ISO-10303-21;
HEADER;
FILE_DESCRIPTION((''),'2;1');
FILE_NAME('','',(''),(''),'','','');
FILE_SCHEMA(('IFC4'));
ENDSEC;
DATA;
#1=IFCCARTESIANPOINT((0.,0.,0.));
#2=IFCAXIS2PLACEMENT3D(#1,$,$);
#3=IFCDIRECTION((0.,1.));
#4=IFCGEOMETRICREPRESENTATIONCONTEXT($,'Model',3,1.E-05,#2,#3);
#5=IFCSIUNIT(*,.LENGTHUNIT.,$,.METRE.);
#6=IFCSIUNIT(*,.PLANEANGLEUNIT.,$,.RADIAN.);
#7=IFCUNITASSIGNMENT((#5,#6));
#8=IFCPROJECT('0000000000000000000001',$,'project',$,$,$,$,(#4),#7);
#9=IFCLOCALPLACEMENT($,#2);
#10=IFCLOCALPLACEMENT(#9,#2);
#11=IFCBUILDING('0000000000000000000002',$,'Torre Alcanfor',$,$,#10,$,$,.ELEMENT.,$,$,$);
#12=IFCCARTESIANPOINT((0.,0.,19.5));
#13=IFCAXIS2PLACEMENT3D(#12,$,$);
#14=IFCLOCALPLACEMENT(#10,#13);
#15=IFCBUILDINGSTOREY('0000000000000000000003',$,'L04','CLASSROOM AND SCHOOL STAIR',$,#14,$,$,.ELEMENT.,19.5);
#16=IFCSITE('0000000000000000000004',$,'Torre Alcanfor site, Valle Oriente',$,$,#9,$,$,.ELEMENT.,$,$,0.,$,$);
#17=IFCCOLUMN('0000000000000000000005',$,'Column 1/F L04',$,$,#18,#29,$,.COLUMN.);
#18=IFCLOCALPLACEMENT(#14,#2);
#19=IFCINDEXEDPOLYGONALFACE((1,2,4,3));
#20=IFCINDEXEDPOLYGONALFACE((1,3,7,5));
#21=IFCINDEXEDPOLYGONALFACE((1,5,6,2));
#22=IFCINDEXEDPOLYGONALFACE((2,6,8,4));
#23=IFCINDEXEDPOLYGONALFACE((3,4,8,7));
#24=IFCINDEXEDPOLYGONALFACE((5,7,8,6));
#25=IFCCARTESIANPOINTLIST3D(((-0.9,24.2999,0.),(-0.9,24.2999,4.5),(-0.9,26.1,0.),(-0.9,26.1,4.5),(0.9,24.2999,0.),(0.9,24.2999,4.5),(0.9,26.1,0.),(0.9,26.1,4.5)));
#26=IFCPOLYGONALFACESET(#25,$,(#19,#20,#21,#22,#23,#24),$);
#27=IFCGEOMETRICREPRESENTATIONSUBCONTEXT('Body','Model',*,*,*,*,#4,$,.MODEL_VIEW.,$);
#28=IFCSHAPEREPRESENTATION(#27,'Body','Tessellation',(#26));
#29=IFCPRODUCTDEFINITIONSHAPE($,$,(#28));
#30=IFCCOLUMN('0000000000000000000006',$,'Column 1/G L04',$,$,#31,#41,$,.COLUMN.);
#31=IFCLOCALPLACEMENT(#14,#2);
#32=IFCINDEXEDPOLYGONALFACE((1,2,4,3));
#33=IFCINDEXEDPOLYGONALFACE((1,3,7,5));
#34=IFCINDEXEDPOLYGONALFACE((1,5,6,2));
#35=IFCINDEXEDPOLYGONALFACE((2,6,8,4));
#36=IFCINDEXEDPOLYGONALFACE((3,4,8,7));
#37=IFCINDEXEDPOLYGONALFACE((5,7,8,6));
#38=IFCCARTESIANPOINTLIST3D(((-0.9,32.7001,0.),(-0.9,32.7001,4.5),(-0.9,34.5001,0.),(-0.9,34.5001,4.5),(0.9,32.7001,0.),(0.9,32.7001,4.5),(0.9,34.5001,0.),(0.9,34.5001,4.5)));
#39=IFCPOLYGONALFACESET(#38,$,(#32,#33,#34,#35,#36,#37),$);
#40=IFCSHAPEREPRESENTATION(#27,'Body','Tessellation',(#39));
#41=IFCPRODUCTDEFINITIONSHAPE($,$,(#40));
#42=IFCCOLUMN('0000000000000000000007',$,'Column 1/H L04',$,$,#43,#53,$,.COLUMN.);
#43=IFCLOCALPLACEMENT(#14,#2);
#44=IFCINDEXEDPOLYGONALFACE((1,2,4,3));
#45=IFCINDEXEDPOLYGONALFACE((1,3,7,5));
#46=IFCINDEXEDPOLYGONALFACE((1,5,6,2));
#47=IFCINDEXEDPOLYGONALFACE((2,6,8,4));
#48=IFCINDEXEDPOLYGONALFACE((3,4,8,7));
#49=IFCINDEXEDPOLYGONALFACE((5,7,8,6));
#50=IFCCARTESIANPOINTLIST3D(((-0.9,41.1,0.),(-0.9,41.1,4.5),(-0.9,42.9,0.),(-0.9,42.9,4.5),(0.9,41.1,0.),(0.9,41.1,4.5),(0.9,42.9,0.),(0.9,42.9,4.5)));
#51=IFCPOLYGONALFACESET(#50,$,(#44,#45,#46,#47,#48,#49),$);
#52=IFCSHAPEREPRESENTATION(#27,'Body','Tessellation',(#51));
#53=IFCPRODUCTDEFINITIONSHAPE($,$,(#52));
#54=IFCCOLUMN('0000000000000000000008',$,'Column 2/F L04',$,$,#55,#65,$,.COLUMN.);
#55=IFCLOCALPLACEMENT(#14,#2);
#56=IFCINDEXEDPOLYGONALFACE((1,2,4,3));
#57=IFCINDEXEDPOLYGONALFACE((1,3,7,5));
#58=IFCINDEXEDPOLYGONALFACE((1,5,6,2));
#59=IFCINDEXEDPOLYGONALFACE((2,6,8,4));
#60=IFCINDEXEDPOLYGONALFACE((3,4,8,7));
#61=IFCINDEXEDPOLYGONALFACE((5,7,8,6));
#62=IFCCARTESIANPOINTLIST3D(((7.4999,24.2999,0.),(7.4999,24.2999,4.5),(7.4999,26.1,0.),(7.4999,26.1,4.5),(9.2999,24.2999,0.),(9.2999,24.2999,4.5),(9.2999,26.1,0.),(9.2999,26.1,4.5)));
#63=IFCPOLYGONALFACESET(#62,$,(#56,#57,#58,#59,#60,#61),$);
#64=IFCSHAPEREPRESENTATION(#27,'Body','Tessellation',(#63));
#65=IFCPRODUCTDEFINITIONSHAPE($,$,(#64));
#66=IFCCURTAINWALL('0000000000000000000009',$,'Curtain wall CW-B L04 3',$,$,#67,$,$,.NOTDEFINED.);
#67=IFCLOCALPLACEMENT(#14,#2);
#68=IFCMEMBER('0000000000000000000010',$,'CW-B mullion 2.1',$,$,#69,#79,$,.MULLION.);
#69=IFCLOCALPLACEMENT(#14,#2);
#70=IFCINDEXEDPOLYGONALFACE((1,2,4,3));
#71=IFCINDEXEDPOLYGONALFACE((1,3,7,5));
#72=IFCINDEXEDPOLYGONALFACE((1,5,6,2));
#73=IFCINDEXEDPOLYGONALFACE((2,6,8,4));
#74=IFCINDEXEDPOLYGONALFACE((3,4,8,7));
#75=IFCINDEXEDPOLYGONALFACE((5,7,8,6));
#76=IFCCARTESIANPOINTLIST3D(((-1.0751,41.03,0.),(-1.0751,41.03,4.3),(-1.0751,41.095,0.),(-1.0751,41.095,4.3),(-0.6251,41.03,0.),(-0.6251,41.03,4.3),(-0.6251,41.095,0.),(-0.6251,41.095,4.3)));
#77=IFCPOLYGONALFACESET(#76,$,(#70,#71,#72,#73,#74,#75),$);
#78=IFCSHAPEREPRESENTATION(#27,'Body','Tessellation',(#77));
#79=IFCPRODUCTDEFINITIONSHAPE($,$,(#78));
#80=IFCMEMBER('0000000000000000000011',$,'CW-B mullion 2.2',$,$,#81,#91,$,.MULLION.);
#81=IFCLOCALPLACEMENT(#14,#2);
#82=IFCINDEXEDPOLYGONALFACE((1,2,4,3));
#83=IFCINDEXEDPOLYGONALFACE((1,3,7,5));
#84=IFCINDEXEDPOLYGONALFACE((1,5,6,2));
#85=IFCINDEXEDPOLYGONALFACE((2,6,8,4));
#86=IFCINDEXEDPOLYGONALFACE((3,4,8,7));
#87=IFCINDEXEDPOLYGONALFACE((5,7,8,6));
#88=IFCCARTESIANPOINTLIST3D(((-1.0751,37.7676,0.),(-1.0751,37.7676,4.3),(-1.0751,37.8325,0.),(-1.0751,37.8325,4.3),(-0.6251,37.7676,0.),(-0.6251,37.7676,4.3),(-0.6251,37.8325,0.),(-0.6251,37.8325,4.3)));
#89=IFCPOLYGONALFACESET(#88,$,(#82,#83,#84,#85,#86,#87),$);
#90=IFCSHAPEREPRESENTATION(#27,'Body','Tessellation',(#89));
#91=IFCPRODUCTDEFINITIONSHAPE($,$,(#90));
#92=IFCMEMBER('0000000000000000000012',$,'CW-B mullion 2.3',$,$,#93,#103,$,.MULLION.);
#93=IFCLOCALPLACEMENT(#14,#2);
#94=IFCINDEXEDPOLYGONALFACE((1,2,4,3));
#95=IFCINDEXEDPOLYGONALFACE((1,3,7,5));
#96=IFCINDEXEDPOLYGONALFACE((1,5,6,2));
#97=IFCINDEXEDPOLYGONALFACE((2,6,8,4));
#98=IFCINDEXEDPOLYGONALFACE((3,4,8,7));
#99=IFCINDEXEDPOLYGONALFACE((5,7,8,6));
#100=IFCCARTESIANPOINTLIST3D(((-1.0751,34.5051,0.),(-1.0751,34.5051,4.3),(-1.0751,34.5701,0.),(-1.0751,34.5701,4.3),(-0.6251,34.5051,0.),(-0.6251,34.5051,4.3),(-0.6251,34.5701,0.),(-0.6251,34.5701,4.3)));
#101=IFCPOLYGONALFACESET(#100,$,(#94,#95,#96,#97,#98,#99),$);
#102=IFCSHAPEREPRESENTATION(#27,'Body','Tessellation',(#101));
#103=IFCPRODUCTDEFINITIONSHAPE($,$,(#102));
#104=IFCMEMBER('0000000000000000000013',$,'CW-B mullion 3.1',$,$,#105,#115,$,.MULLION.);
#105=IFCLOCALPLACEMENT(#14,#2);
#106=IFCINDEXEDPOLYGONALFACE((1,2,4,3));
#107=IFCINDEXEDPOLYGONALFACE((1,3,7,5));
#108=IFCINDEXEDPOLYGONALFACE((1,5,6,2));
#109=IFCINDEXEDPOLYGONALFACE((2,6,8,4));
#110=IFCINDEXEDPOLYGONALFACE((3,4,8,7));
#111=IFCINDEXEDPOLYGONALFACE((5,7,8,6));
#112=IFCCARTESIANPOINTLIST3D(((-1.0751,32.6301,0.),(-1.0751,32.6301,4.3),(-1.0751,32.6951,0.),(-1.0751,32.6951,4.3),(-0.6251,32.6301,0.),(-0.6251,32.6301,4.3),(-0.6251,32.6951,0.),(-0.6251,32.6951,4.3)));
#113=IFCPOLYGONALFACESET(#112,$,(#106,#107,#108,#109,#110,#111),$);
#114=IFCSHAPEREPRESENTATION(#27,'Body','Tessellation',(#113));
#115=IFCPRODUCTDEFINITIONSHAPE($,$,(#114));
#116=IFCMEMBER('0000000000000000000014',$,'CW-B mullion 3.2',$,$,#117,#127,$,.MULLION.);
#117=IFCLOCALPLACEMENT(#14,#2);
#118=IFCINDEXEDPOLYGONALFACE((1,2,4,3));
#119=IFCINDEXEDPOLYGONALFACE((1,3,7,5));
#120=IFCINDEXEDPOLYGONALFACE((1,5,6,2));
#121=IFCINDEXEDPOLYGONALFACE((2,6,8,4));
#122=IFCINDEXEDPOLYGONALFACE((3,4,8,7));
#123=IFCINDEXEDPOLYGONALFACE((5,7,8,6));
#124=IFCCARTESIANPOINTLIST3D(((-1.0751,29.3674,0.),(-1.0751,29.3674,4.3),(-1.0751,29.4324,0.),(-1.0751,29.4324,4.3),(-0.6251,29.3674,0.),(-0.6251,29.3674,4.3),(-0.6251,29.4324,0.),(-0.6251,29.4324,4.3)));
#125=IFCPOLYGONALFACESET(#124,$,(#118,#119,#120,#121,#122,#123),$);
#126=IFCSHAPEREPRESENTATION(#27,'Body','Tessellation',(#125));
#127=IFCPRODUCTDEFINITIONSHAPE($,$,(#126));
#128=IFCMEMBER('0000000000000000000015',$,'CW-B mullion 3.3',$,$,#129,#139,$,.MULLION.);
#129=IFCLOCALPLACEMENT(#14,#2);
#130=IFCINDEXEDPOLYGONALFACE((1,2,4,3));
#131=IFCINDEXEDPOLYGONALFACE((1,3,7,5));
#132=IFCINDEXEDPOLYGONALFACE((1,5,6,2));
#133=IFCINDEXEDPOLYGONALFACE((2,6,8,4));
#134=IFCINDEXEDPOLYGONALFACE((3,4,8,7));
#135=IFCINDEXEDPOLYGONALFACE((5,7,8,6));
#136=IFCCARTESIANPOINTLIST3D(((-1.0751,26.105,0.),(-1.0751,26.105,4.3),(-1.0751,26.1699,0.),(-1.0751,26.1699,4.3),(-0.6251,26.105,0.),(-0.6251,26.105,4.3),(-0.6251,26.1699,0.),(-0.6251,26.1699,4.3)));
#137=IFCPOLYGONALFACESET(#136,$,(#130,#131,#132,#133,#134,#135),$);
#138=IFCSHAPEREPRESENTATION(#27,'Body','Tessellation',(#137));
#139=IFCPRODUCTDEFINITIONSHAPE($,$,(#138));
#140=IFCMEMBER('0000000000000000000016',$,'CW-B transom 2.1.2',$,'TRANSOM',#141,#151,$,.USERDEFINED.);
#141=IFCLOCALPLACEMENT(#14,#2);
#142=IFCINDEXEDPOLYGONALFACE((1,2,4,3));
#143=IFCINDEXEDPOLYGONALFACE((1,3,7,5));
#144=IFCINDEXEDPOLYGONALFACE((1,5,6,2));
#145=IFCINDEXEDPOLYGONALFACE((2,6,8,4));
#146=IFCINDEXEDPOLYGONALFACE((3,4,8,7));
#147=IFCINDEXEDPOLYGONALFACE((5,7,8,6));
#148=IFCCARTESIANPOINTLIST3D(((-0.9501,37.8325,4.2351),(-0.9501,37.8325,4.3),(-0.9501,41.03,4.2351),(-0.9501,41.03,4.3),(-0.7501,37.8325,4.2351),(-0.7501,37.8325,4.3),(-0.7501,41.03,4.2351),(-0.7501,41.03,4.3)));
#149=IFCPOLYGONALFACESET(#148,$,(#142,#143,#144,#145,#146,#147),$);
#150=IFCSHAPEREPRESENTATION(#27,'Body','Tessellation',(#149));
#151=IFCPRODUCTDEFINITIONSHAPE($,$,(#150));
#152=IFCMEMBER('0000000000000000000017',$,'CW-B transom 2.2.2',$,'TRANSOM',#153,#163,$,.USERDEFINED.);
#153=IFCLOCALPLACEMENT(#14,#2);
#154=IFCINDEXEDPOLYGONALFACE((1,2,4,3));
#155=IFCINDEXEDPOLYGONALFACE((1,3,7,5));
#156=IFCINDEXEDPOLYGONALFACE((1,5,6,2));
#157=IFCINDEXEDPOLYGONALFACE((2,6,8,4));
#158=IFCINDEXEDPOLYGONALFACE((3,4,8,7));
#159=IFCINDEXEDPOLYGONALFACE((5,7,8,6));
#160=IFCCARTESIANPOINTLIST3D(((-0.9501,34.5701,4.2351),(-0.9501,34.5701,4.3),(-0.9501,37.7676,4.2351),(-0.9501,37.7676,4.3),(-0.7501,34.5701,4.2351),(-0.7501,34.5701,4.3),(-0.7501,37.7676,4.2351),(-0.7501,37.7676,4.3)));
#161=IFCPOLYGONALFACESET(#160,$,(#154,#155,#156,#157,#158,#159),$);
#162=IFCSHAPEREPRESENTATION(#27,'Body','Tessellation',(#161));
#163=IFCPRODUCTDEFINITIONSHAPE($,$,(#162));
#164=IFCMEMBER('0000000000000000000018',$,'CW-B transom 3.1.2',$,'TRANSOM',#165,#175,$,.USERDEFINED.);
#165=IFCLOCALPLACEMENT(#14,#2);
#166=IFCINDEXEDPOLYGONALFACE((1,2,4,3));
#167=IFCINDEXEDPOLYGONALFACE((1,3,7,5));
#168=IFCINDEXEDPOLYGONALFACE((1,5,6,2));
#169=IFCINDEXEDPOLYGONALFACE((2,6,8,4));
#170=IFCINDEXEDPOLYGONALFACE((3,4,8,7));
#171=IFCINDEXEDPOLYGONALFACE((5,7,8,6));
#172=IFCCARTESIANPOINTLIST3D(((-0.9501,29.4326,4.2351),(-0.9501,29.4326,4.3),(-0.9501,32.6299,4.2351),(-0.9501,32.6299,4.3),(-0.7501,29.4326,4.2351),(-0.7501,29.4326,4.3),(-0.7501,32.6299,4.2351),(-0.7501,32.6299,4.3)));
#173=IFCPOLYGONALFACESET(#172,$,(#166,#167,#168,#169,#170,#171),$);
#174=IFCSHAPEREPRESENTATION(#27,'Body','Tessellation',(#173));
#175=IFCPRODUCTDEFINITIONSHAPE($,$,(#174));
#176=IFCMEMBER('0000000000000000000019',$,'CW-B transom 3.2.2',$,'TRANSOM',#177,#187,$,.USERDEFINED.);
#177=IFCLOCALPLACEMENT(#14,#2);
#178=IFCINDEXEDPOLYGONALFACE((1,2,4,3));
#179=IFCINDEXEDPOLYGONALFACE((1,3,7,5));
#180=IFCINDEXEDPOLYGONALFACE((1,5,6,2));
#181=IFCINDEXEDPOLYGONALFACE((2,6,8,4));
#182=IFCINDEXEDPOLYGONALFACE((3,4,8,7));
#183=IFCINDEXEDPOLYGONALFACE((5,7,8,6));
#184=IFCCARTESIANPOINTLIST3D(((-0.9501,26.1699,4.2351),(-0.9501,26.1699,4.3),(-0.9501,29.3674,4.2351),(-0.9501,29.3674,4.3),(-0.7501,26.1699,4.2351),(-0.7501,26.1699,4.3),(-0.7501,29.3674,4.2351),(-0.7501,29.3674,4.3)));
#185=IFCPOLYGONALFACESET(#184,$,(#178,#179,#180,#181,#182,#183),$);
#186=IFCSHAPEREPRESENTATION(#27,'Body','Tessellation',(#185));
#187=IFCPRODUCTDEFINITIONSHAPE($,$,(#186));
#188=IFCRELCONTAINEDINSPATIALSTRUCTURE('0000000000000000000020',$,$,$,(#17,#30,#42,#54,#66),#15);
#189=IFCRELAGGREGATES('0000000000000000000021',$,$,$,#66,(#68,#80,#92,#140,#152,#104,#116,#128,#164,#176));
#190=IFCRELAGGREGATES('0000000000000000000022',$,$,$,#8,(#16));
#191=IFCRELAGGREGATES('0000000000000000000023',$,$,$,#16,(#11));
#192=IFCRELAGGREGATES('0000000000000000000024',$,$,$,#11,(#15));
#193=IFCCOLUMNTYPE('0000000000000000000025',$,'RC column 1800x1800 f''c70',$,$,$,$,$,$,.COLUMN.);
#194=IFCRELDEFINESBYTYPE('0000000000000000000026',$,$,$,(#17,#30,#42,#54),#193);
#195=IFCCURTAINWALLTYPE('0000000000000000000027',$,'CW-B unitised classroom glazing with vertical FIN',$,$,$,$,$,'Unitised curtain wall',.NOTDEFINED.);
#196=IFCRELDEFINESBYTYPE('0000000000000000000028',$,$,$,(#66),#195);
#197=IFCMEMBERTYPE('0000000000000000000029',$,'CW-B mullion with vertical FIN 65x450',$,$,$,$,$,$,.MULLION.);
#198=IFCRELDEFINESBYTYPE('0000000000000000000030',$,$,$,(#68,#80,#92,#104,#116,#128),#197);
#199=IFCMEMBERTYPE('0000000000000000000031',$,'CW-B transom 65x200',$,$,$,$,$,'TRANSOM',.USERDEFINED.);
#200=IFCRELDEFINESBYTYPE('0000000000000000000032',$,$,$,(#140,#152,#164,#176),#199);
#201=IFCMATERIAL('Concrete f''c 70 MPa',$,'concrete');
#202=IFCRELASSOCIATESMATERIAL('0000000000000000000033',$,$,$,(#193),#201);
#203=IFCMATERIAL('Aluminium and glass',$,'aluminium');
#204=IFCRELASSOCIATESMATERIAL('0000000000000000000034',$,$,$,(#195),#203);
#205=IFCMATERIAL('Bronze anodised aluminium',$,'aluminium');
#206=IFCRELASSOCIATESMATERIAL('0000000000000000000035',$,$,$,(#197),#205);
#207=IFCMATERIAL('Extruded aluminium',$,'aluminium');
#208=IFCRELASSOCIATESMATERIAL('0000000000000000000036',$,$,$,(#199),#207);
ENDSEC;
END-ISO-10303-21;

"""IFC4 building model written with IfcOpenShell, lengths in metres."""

from ifc_helpers import new_model, si_unit, direction, frame, origin, origin_2d, place, context, subcontext, project, spatial, rectangle, extrude, material, material_profile, profile_set, type_object, element, aggregate, save


model = new_model("IFC4")

# Units and contexts
model_context = context("Model", 3, precision=1e-05, world=origin(), true_north=direction((0.0, 1.0)))
body_context = subcontext(model_context, "Body", "Model", "MODEL_VIEW")
ifc_project = project(units=[si_unit("LENGTHUNIT", "METRE"), si_unit("PLANEANGLEUNIT", "RADIAN")], contexts=[model_context])

# Site, building, storey
site_placement = place(None, origin())
site = spatial("IfcSite", under=ifc_project, at=site_placement, Name="Torre Alcanfor site, Valle Oriente", CompositionType="ELEMENT", RefElevation=0.0)
building_placement = place(site_placement, origin())
building = spatial("IfcBuilding", under=site, at=building_placement, Name="Torre Alcanfor", CompositionType="ELEMENT")
storey_placement = place(building_placement, frame((0.0, 0.0, 19.5)))
storey = spatial("IfcBuildingStorey", under=building, at=storey_placement, Name="L04", Description="CLASSROOM AND SCHOOL STAIR", CompositionType="ELEMENT", Elevation=19.5)

# Columns
ifc_material_1 = material(Name="Concrete f'c 70 MPa", Category="concrete")
ifc_material_profile_1 = material_profile(ifc_material_1, rectangle(XDim=1.8, YDim=1.8, at=origin_2d()), Name="1800x1800")
ifc_profile_set_1 = profile_set([ifc_material_profile_1], Name="Concrete f'c 70 MPa")
column_type = type_object("IfcColumnType", Name="RC column 1800x1800 f'c70", PredefinedType="COLUMN", material=ifc_profile_set_1)
for number, where, z_axis, x_axis, name in (
    (1, (0.0, 25.2, 0.0), (0.0, 0.0, 1.0), (1.0, 0.0, 0.0), "Column 1/F L04"),
    (2, (0.0, 33.6001, 0.0), (0.0, 0.0, 1.0), (1.0, 0.0, 0.0), "Column 1/G L04"),
    (3, (0.0, 42.0, 0.0), (0.0, 0.0, 1.0), (1.0, 0.0, 0.0), "Column 1/H L04"),
    (4, (8.3999, 25.2, 0.0), (0.0, 0.0, 1.0), (1.0, 0.0, 0.0), "Column 2/F L04"),
):
    element("IfcColumn", number, at=place(storey_placement, frame(where, z_axis=z_axis, x_axis=x_axis)), inside=storey, type_object=column_type, Name=name, PredefinedType="COLUMN", context=body_context, shape_type="SweptSolid", body=[
        extrude(rectangle(XDim=1.8, YDim=1.8, at=origin_2d()), origin(), (0.0, 0.0, 1.0), 4.5),
    ])

# Curtain wall, members
ifc_material_2 = material(Name="Aluminium and glass", Category="aluminium")
curtain_wall_type = type_object("IfcCurtainWallType", Name="CW-B unitised classroom glazing with vertical FIN", ElementType="Unitised curtain wall", PredefinedType="NOTDEFINED", material=ifc_material_2)
curtain_wall_placement = place(storey_placement, origin())
curtain_wall = element("IfcCurtainWall", 5, at=curtain_wall_placement, inside=storey, type_object=curtain_wall_type, Name="Curtain wall CW-B L04 3", PredefinedType="NOTDEFINED")
ifc_material_3 = material(Name="Bronze anodised aluminium", Category="aluminium")
ifc_material_profile_2 = material_profile(ifc_material_3, rectangle(XDim=0.45, YDim=0.0649, at=origin_2d()), Name="CW-B mullion 65x450")
ifc_profile_set_2 = profile_set([ifc_material_profile_2], Name="Bronze anodised aluminium")
member_type_1 = type_object("IfcMemberType", Name="CW-B mullion with vertical FIN 65x450", PredefinedType="MULLION", material=ifc_profile_set_2)
member_1_placement = place(storey_placement, frame((-0.8501, 41.0625, 0.0), z_axis=(0.0, 0.0, 1.0), x_axis=(1.0, 0.0, 0.0)))
member_1 = element("IfcMember", 6, at=member_1_placement, type_object=member_type_1, Name="CW-B mullion 2.1", PredefinedType="MULLION", context=body_context, shape_type="SweptSolid", body=[
    extrude(rectangle(XDim=0.45, YDim=0.0649, at=origin_2d()), origin(), (0.0, 0.0, 1.0), 4.3),
])
member_2_placement = place(storey_placement, frame((-0.8501, 37.8, 0.0), z_axis=(0.0, 0.0, 1.0), x_axis=(1.0, 0.0, 0.0)))
member_2 = element("IfcMember", 7, at=member_2_placement, type_object=member_type_1, Name="CW-B mullion 2.2", PredefinedType="MULLION", context=body_context, shape_type="SweptSolid", body=[
    extrude(rectangle(XDim=0.45, YDim=0.0649, at=origin_2d()), origin(), (0.0, 0.0, 1.0), 4.3),
])
member_3_placement = place(storey_placement, frame((-0.8501, 34.5376, 0.0), z_axis=(0.0, 0.0, 1.0), x_axis=(1.0, 0.0, 0.0)))
member_3 = element("IfcMember", 8, at=member_3_placement, type_object=member_type_1, Name="CW-B mullion 2.3", PredefinedType="MULLION", context=body_context, shape_type="SweptSolid", body=[
    extrude(rectangle(XDim=0.45, YDim=0.0649, at=origin_2d()), origin(), (0.0, 0.0, 1.0), 4.3),
])
member_4_placement = place(storey_placement, frame((-0.8501, 32.6626, 0.0), z_axis=(0.0, 0.0, 1.0), x_axis=(1.0, 0.0, 0.0)))
member_4 = element("IfcMember", 9, at=member_4_placement, type_object=member_type_1, Name="CW-B mullion 3.1", PredefinedType="MULLION", context=body_context, shape_type="SweptSolid", body=[
    extrude(rectangle(XDim=0.45, YDim=0.0649, at=origin_2d()), origin(), (0.0, 0.0, 1.0), 4.3),
])
member_5_placement = place(storey_placement, frame((-0.8501, 29.3999, 0.0), z_axis=(0.0, 0.0, 1.0), x_axis=(1.0, 0.0, 0.0)))
member_5 = element("IfcMember", 10, at=member_5_placement, type_object=member_type_1, Name="CW-B mullion 3.2", PredefinedType="MULLION", context=body_context, shape_type="SweptSolid", body=[
    extrude(rectangle(XDim=0.45, YDim=0.0649, at=origin_2d()), origin(), (0.0, 0.0, 1.0), 4.3),
])
member_6_placement = place(storey_placement, frame((-0.8501, 26.1375, 0.0), z_axis=(0.0, 0.0, 1.0), x_axis=(1.0, 0.0, 0.0)))
member_6 = element("IfcMember", 11, at=member_6_placement, type_object=member_type_1, Name="CW-B mullion 3.3", PredefinedType="MULLION", context=body_context, shape_type="SweptSolid", body=[
    extrude(rectangle(XDim=0.45, YDim=0.0649, at=origin_2d()), origin(), (0.0, 0.0, 1.0), 4.3),
])
ifc_material_4 = material(Name="Extruded aluminium", Category="aluminium")
ifc_material_profile_3 = material_profile(ifc_material_4, rectangle(XDim=0.2, YDim=0.0649, at=origin_2d()), Name="CW-B transom 200x65")
ifc_profile_set_3 = profile_set([ifc_material_profile_3], Name="Extruded aluminium")
member_type_2 = type_object("IfcMemberType", Name="CW-B transom 65x200", ElementType="TRANSOM", PredefinedType="USERDEFINED", material=ifc_profile_set_3)
member_7_placement = place(storey_placement, frame((-0.8501, 41.03, 4.2676), z_axis=(0.0, -1.0, 0.0), x_axis=(1.0, 0.0, 0.0)))
member_7 = element("IfcMember", 12, at=member_7_placement, type_object=member_type_2, Name="CW-B transom 2.1.2", ObjectType="TRANSOM", PredefinedType="USERDEFINED", context=body_context, shape_type="SweptSolid", body=[
    extrude(rectangle(XDim=0.2, YDim=0.0649, at=origin_2d()), origin(), (0.0, 0.0, 1.0), 3.1975),
])
member_8_placement = place(storey_placement, frame((-0.8501, 37.7676, 4.2676), z_axis=(0.0, -1.0, 0.0), x_axis=(1.0, 0.0, 0.0)))
member_8 = element("IfcMember", 13, at=member_8_placement, type_object=member_type_2, Name="CW-B transom 2.2.2", ObjectType="TRANSOM", PredefinedType="USERDEFINED", context=body_context, shape_type="SweptSolid", body=[
    extrude(rectangle(XDim=0.2, YDim=0.0649, at=origin_2d()), origin(), (0.0, 0.0, 1.0), 3.1975),
])
member_9_placement = place(storey_placement, frame((-0.8501, 32.6299, 4.2676), z_axis=(0.0, -1.0, 0.0), x_axis=(1.0, 0.0, 0.0)))
member_9 = element("IfcMember", 14, at=member_9_placement, type_object=member_type_2, Name="CW-B transom 3.1.2", ObjectType="TRANSOM", PredefinedType="USERDEFINED", context=body_context, shape_type="SweptSolid", body=[
    extrude(rectangle(XDim=0.2, YDim=0.0649, at=origin_2d()), origin(), (0.0, 0.0, 1.0), 3.1973),
])
member_10_placement = place(storey_placement, frame((-0.8501, 29.3674, 4.2676), z_axis=(0.0, -1.0, 0.0), x_axis=(1.0, 0.0, 0.0)))
member_10 = element("IfcMember", 15, at=member_10_placement, type_object=member_type_2, Name="CW-B transom 3.2.2", ObjectType="TRANSOM", PredefinedType="USERDEFINED", context=body_context, shape_type="SweptSolid", body=[
    extrude(rectangle(XDim=0.2, YDim=0.0649, at=origin_2d()), origin(), (0.0, 0.0, 1.0), 3.1975),
])

aggregate(curtain_wall, [member_1, member_2, member_3, member_7, member_8, member_4, member_5, member_6, member_9, member_10])

save(model, "model.ifc")
